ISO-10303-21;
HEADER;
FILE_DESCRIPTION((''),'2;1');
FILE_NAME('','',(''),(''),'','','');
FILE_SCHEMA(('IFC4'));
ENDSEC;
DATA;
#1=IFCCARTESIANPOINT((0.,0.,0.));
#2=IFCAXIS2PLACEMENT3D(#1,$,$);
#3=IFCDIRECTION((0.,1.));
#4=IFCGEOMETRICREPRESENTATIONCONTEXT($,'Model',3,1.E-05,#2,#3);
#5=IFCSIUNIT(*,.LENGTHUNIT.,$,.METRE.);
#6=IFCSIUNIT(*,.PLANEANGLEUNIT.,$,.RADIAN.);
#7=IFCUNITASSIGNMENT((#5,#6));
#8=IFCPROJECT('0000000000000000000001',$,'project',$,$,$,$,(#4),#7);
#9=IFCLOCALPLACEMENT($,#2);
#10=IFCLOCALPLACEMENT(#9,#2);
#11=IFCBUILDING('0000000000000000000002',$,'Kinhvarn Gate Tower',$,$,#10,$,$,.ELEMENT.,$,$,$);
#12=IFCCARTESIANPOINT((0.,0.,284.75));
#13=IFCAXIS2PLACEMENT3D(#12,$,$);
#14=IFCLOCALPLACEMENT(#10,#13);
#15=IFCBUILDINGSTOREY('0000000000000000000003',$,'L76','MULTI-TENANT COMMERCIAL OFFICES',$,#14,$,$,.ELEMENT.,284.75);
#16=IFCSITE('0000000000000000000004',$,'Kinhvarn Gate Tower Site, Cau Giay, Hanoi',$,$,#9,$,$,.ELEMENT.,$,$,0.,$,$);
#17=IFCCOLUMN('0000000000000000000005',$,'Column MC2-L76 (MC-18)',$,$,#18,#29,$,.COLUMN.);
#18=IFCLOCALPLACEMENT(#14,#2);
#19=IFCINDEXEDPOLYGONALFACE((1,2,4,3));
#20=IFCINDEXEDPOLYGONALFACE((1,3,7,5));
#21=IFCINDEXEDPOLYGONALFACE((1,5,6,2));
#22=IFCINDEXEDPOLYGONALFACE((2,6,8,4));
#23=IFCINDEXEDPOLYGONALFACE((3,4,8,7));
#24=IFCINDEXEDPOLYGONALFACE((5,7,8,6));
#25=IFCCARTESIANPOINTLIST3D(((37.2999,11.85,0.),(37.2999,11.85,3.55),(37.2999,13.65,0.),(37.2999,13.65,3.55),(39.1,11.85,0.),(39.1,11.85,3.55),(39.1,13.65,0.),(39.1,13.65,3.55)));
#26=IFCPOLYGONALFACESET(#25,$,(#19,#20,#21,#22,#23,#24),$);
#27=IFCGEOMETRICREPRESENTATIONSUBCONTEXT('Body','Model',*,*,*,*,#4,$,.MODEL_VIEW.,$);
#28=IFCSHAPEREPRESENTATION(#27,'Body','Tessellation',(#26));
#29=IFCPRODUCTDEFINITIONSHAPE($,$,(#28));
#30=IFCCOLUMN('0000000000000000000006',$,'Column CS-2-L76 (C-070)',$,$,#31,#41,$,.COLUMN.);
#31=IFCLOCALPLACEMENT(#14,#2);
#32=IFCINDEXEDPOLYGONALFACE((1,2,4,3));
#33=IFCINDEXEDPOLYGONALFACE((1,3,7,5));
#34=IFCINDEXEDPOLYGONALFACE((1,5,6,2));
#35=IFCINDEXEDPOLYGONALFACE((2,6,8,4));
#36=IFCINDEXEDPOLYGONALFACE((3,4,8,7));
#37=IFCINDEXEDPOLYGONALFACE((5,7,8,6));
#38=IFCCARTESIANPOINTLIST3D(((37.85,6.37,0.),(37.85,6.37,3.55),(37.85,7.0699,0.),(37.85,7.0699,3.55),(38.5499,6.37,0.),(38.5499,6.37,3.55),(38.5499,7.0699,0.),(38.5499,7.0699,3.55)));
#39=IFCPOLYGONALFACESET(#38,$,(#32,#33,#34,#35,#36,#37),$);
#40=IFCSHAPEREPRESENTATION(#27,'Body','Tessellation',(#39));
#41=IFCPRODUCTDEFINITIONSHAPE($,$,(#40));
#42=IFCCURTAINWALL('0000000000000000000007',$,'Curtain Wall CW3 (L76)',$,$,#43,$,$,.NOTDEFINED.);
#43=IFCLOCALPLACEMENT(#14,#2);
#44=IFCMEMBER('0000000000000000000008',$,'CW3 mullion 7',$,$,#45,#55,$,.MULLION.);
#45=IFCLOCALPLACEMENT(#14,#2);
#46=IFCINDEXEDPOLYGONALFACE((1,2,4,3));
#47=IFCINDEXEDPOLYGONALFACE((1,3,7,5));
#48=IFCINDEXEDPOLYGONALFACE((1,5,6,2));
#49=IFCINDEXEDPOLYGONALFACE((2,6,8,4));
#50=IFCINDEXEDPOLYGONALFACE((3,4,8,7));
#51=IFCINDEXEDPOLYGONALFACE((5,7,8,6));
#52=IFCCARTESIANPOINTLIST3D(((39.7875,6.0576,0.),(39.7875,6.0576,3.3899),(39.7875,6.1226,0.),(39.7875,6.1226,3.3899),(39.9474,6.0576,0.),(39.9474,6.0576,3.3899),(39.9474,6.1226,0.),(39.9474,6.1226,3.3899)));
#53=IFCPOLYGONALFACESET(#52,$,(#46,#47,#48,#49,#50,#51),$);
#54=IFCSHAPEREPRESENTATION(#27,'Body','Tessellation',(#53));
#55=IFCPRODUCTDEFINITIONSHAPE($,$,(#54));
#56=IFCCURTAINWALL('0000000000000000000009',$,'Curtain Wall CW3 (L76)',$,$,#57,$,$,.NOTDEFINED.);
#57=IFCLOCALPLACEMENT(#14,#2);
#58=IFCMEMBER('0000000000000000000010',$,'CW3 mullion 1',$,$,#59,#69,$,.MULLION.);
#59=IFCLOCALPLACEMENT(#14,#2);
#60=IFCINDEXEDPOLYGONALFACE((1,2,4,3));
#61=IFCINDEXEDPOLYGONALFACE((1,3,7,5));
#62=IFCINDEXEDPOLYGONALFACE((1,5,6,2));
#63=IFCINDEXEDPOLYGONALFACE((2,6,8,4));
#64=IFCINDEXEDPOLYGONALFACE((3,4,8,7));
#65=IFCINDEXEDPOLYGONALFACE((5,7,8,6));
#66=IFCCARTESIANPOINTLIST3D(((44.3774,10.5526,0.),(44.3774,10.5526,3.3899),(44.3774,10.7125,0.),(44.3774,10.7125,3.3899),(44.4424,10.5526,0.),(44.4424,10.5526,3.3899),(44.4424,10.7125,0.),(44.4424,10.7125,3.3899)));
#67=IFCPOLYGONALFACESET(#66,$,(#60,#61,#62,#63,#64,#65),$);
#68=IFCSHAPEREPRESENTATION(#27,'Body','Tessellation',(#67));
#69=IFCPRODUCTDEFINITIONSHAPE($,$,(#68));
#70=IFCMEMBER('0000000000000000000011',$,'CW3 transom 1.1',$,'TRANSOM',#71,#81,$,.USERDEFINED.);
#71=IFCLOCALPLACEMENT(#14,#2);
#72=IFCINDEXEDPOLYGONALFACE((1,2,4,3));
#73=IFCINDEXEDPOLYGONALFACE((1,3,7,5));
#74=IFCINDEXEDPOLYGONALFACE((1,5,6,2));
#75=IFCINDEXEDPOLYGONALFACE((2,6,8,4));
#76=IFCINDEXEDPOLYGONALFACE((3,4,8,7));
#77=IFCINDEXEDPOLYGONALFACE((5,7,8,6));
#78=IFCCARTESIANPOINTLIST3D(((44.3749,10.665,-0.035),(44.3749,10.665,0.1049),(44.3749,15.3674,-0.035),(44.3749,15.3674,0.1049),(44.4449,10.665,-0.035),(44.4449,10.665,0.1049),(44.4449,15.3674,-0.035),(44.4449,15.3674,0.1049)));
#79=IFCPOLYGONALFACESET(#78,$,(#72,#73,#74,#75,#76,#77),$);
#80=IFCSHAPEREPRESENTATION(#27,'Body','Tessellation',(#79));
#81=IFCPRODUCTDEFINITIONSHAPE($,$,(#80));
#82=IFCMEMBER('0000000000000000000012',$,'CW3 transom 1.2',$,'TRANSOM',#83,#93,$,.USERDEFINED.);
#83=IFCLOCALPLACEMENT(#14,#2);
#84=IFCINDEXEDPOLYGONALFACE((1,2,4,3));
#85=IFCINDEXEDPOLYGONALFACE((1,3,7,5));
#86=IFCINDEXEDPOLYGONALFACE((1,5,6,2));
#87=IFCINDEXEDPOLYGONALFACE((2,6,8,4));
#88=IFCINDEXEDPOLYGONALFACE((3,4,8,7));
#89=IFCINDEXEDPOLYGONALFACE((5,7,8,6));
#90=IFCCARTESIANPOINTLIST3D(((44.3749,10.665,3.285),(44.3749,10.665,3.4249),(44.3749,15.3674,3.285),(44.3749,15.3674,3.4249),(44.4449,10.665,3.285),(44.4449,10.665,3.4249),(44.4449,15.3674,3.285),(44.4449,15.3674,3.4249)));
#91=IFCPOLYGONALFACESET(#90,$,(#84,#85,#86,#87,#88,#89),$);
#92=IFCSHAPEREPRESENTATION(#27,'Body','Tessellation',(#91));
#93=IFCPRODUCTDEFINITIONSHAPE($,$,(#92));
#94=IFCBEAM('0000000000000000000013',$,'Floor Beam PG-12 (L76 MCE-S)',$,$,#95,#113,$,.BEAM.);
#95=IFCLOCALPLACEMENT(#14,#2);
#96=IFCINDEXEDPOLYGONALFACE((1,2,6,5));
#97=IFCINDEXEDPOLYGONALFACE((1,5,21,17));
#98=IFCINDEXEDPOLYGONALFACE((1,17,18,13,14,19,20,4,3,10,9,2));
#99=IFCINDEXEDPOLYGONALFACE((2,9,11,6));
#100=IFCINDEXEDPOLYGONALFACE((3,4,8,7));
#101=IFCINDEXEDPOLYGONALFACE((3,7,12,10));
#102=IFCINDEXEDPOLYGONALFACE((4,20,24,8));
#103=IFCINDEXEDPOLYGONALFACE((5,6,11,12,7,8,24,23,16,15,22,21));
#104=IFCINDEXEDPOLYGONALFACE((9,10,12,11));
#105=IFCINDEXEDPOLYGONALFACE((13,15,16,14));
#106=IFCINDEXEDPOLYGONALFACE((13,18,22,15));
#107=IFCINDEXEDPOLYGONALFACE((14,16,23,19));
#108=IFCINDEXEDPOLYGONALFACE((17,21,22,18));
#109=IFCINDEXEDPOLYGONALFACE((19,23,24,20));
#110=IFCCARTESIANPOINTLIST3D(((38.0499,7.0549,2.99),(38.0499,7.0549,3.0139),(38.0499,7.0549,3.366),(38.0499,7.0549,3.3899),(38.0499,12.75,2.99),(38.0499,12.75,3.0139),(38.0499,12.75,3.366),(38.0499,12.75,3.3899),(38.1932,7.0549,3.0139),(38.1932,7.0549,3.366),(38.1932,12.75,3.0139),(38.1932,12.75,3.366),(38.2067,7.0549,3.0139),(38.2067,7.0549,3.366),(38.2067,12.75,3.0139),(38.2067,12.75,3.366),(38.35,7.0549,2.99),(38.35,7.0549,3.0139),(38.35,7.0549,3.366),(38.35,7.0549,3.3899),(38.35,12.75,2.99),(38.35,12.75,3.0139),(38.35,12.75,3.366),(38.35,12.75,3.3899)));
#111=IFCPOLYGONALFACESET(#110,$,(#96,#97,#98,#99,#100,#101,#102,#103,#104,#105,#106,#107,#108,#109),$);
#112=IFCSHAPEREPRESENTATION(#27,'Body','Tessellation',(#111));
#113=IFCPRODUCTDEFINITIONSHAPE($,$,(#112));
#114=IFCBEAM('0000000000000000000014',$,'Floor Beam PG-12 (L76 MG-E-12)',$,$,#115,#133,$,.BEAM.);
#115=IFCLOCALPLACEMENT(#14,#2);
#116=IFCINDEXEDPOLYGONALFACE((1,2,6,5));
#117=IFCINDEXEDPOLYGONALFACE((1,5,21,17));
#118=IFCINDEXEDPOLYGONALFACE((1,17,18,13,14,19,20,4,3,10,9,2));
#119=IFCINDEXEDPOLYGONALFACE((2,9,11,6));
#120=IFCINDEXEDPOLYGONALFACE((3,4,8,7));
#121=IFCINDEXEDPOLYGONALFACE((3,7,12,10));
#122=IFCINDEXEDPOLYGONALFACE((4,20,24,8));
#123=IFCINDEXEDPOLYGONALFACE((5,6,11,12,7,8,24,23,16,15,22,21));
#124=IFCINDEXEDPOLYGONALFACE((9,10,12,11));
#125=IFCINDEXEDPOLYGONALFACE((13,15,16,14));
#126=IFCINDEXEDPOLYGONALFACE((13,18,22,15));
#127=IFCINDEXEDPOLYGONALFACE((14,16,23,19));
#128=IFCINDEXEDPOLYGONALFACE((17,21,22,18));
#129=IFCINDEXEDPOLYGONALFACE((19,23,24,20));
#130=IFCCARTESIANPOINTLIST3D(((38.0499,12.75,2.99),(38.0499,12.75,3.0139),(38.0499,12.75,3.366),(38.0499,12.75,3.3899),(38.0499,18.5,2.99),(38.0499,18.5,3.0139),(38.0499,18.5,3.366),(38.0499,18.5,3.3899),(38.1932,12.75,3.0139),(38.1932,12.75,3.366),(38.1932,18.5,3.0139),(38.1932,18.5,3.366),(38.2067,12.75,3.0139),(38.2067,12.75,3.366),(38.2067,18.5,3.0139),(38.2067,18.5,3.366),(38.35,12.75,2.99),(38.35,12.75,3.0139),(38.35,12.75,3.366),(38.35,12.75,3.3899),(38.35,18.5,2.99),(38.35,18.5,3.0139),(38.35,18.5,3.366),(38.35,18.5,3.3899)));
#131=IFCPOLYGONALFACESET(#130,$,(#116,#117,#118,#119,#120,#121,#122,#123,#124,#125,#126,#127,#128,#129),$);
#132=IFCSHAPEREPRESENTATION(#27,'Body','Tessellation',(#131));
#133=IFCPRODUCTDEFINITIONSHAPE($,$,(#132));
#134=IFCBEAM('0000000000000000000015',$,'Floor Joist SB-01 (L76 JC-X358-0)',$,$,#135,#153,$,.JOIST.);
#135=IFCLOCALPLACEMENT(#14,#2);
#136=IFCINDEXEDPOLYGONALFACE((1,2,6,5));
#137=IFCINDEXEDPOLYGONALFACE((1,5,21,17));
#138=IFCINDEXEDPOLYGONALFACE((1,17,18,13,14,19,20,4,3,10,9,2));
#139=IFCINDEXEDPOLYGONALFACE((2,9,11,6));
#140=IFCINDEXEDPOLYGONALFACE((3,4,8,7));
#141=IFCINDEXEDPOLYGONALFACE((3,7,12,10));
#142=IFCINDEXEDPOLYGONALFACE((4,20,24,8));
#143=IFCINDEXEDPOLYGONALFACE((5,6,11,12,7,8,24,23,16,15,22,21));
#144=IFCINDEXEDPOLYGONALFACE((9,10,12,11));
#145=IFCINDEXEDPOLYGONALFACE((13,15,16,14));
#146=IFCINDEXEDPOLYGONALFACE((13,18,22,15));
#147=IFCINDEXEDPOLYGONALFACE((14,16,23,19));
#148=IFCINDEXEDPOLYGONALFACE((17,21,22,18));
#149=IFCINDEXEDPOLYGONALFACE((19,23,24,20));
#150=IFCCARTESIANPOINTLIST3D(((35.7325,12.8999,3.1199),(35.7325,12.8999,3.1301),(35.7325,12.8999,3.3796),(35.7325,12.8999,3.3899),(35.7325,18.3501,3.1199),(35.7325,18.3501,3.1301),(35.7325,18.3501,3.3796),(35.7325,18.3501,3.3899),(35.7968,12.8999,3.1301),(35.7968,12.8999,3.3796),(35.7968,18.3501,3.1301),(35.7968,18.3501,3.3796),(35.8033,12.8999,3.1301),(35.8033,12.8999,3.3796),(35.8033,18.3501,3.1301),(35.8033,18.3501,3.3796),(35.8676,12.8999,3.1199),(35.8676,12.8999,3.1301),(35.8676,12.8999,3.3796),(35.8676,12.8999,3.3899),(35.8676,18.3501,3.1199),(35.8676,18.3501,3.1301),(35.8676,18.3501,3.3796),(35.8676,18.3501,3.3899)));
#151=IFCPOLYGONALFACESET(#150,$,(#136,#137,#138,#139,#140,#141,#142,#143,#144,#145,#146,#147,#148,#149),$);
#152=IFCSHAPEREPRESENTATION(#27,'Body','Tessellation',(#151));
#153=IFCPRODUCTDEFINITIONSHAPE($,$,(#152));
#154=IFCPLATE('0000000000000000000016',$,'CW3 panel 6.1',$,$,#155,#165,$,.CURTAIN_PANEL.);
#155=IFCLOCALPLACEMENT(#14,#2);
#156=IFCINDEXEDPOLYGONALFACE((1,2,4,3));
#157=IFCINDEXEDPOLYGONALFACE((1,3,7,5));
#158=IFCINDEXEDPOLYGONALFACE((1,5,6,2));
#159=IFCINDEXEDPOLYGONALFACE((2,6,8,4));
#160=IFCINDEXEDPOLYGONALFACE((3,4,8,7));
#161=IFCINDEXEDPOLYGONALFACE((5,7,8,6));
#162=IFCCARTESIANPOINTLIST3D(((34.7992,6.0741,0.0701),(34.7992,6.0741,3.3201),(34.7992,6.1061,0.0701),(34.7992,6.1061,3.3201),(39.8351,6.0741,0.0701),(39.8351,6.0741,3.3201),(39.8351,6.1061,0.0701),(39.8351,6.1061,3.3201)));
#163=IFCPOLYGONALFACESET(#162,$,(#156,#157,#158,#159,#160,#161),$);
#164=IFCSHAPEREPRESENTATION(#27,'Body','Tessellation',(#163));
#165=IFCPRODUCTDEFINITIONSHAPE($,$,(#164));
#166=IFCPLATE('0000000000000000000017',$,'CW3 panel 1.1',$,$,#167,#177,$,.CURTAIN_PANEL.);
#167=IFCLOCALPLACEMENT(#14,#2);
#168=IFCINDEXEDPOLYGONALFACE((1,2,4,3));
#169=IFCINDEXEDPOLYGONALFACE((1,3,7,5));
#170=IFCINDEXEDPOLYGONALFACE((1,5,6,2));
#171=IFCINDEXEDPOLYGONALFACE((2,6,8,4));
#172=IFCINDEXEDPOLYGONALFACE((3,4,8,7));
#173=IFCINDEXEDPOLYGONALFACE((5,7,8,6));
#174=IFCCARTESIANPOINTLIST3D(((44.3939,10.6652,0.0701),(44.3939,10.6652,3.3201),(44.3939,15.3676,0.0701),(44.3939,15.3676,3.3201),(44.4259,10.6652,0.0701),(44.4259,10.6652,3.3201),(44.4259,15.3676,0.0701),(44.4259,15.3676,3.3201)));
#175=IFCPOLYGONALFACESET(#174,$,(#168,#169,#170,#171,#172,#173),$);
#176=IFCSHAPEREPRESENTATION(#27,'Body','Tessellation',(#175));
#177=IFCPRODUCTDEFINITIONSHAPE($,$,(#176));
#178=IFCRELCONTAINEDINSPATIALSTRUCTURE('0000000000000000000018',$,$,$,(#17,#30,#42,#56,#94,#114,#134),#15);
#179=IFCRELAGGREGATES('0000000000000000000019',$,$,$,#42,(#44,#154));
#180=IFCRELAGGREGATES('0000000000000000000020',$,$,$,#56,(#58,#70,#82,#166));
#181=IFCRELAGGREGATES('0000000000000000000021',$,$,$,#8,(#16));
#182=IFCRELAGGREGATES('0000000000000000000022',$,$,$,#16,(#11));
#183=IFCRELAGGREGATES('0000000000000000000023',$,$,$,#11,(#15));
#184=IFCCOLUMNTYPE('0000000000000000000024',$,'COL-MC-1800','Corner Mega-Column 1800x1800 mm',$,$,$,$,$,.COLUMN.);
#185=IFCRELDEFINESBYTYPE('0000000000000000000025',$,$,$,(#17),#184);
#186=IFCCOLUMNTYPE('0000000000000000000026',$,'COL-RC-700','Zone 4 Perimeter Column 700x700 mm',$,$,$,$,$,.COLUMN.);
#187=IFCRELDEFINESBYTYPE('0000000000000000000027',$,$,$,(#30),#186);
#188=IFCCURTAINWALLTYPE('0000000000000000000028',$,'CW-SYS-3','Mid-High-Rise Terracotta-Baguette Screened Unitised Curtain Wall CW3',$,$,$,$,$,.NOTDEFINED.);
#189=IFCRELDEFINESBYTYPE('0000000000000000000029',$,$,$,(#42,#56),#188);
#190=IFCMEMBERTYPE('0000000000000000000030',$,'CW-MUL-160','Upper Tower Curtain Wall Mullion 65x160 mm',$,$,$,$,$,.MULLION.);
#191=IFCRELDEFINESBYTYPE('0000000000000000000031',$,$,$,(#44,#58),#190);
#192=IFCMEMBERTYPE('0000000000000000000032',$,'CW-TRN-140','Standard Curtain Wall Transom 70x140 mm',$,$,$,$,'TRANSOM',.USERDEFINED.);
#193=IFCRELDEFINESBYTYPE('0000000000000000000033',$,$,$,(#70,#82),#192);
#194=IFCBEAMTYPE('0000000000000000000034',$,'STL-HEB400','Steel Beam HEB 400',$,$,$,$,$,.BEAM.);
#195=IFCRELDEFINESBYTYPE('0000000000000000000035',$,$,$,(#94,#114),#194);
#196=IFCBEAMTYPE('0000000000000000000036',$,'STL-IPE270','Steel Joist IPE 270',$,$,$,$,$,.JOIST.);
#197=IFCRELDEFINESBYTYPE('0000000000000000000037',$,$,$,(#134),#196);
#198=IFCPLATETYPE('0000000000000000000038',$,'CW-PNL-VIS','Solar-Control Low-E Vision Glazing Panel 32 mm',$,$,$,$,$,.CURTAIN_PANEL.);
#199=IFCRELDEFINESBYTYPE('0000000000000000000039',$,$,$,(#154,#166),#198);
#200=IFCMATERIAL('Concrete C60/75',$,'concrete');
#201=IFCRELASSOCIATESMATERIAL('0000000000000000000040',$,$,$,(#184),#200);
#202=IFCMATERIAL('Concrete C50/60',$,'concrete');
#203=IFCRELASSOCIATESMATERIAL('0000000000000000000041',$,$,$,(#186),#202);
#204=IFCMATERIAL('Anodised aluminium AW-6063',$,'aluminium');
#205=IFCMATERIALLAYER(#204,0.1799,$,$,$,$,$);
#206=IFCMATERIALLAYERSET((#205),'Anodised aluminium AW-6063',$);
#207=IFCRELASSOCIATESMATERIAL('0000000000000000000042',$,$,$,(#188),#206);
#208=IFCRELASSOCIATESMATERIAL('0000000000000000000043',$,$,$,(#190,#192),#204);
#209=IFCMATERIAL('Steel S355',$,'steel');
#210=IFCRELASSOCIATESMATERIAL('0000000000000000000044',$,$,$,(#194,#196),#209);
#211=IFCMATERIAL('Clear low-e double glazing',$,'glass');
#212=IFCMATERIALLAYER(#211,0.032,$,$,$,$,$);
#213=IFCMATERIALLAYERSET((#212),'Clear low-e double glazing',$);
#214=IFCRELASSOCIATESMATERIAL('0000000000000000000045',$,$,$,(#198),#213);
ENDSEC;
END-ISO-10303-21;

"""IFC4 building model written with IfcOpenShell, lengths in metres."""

from ifc_helpers import new_model, si_unit, direction, frame, origin, origin_2d, place, context, subcontext, project, spatial, rectangle, i_section, extrude, material, layer, layer_set, material_profile, profile_set, type_object, element, aggregate, save


model = new_model("IFC4")

# Units and contexts
model_context = context("Model", 3, precision=1e-05, world=origin(), true_north=direction((0.0, 1.0)))
body_context = subcontext(model_context, "Body", "Model", "MODEL_VIEW")
ifc_project = project(units=[si_unit("LENGTHUNIT", "METRE"), si_unit("PLANEANGLEUNIT", "RADIAN")], contexts=[model_context])

# Site, building, storey
site_placement = place(None, origin())
site = spatial("IfcSite", under=ifc_project, at=site_placement, Name="Kinhvarn Gate Tower Site, Cau Giay, Hanoi", CompositionType="ELEMENT", RefElevation=0.0)
building_placement = place(site_placement, origin())
building = spatial("IfcBuilding", under=site, at=building_placement, Name="Kinhvarn Gate Tower", CompositionType="ELEMENT")
storey_placement = place(building_placement, frame((0.0, 0.0, 284.75)))
storey = spatial("IfcBuildingStorey", under=building, at=storey_placement, Name="L76", Description="MULTI-TENANT COMMERCIAL OFFICES", CompositionType="ELEMENT", Elevation=284.75)

# Columns
ifc_material_1 = material(Name="Concrete C60/75", Category="concrete")
ifc_material_profile_1 = material_profile(ifc_material_1, rectangle(XDim=1.8, YDim=1.8, at=origin_2d()), Name="RC 1800x1800")
ifc_profile_set_1 = profile_set([ifc_material_profile_1], Name="Concrete C60/75")
column_type_1 = type_object("IfcColumnType", Name="COL-MC-1800", Description="Corner Mega-Column 1800x1800 mm", PredefinedType="COLUMN", material=ifc_profile_set_1)
column_1_placement = place(storey_placement, frame((38.2, 12.75, 0.0), z_axis=(0.0, 0.0, 1.0), x_axis=(1.0, 0.0, 0.0)))
element("IfcColumn", 1, at=column_1_placement, inside=storey, type_object=column_type_1, Name="Column MC2-L76 (MC-18)", PredefinedType="COLUMN", context=body_context, shape_type="SweptSolid", body=[
    extrude(rectangle(XDim=1.8, YDim=1.8, at=origin_2d()), origin(), (0.0, 0.0, 1.0), 3.55),
])
ifc_material_2 = material(Name="Concrete C50/60", Category="concrete")
ifc_material_profile_2 = material_profile(ifc_material_2, rectangle(XDim=0.7, YDim=0.7, at=origin_2d()), Name="RC 700x700")
ifc_profile_set_2 = profile_set([ifc_material_profile_2], Name="Concrete C50/60")
column_type_2 = type_object("IfcColumnType", Name="COL-RC-700", Description="Zone 4 Perimeter Column 700x700 mm", PredefinedType="COLUMN", material=ifc_profile_set_2)
column_2_placement = place(storey_placement, frame((38.2, 6.72, 0.0), z_axis=(0.0, 0.0, 1.0), x_axis=(1.0, 0.0, 0.0)))
element("IfcColumn", 2, at=column_2_placement, inside=storey, type_object=column_type_2, Name="Column CS-2-L76 (C-070)", PredefinedType="COLUMN", context=body_context, shape_type="SweptSolid", body=[
    extrude(rectangle(XDim=0.7, YDim=0.7, at=origin_2d()), origin(), (0.0, 0.0, 1.0), 3.55),
])

# Curtain wall, member
ifc_material_3 = material(Name="Anodised aluminium AW-6063", Category="aluminium")
ifc_layer_1 = layer(ifc_material_3, 0.1799)
ifc_layer_set_1 = layer_set([ifc_layer_1], Name="Anodised aluminium AW-6063")
curtain_wall_type = type_object("IfcCurtainWallType", Name="CW-SYS-3", Description="Mid-High-Rise Terracotta-Baguette Screened Unitised Curtain Wall CW3", PredefinedType="NOTDEFINED", material=ifc_layer_set_1)
curtain_wall_1_placement = place(storey_placement, origin())
curtain_wall_1 = element("IfcCurtainWall", 3, at=curtain_wall_1_placement, inside=storey, type_object=curtain_wall_type, Name="Curtain Wall CW3 (L76)", PredefinedType="NOTDEFINED")
ifc_material_profile_3 = material_profile(ifc_material_3, rectangle(XDim=0.0649, YDim=0.1599, at=origin_2d()), Name="ALU 65x160")
ifc_profile_set_3 = profile_set([ifc_material_profile_3], Name="Anodised aluminium AW-6063")
member_type_1 = type_object("IfcMemberType", Name="CW-MUL-160", Description="Upper Tower Curtain Wall Mullion 65x160 mm", PredefinedType="MULLION", material=ifc_profile_set_3)
member_1_placement = place(storey_placement, frame((39.8674, 6.0901, 0.0), z_axis=(0.0, 0.0, 1.0), x_axis=(0.0, 1.0, 0.0)))
member_1 = element("IfcMember", 4, at=member_1_placement, type_object=member_type_1, Name="CW3 mullion 7", PredefinedType="MULLION", context=body_context, shape_type="SweptSolid", body=[
    extrude(rectangle(XDim=0.0649, YDim=0.1599, at=origin_2d()), origin(), (0.0, 0.0, 1.0), 3.3899),
])

# Curtain wall, members
curtain_wall_2_placement = place(storey_placement, origin())
curtain_wall_2 = element("IfcCurtainWall", 5, at=curtain_wall_2_placement, inside=storey, type_object=curtain_wall_type, Name="Curtain Wall CW3 (L76)", PredefinedType="NOTDEFINED")
member_2_placement = place(storey_placement, frame((44.4099, 10.6326, 0.0), z_axis=(0.0, 0.0, 1.0), x_axis=(-1.0, 0.0, 0.0)))
member_2 = element("IfcMember", 6, at=member_2_placement, type_object=member_type_1, Name="CW3 mullion 1", PredefinedType="MULLION", context=body_context, shape_type="SweptSolid", body=[
    extrude(rectangle(XDim=0.0649, YDim=0.1599, at=origin_2d()), origin(), (0.0, 0.0, 1.0), 3.3899),
])
ifc_material_profile_4 = material_profile(ifc_material_3, rectangle(XDim=0.0701, YDim=0.1399, at=origin_2d()), Name="ALU 70x140")
ifc_profile_set_4 = profile_set([ifc_material_profile_4], Name="Anodised aluminium AW-6063")
member_type_2 = type_object("IfcMemberType", Name="CW-TRN-140", Description="Standard Curtain Wall Transom 70x140 mm", ElementType="TRANSOM", PredefinedType="USERDEFINED", material=ifc_profile_set_4)
member_3_placement = place(storey_placement, frame((44.4099, 10.665, 0.0349), z_axis=(0.0, 1.0, 0.0), x_axis=(-1.0, 0.0, 0.0)))
member_3 = element("IfcMember", 7, at=member_3_placement, type_object=member_type_2, Name="CW3 transom 1.1", ObjectType="TRANSOM", PredefinedType="USERDEFINED", context=body_context, shape_type="SweptSolid", body=[
    extrude(rectangle(XDim=0.0701, YDim=0.1399, at=origin_2d()), origin(), (0.0, 0.0, 1.0), 4.7024),
])
member_4_placement = place(storey_placement, frame((44.4099, 10.665, 3.355), z_axis=(0.0, 1.0, 0.0), x_axis=(-1.0, 0.0, 0.0)))
member_4 = element("IfcMember", 8, at=member_4_placement, type_object=member_type_2, Name="CW3 transom 1.2", ObjectType="TRANSOM", PredefinedType="USERDEFINED", context=body_context, shape_type="SweptSolid", body=[
    extrude(rectangle(XDim=0.0701, YDim=0.1399, at=origin_2d()), origin(), (0.0, 0.0, 1.0), 4.7024),
])

# Beams
ifc_material_4 = material(Name="Steel S355", Category="steel")
ifc_material_profile_5 = material_profile(ifc_material_4, i_section(OverallWidth=0.3, OverallDepth=0.3999, WebThickness=0.0134, FlangeThickness=0.0239, at=origin_2d()), Name="HEB 400")
ifc_profile_set_5 = profile_set([ifc_material_profile_5], Name="Steel S355")
beam_type_1 = type_object("IfcBeamType", Name="STL-HEB400", Description="Steel Beam HEB 400", PredefinedType="BEAM", material=ifc_profile_set_5)
beam_1_placement = place(storey_placement, frame((38.2, 7.0549, 3.1899), z_axis=(0.0, 1.0, 0.0), x_axis=(-1.0, 0.0, 0.0)))
element("IfcBeam", 9, at=beam_1_placement, inside=storey, type_object=beam_type_1, Name="Floor Beam PG-12 (L76 MCE-S)", PredefinedType="BEAM", context=body_context, shape_type="SweptSolid", body=[
    extrude(i_section(OverallWidth=0.3, OverallDepth=0.3999, WebThickness=0.0134, FlangeThickness=0.0239, at=origin_2d()), origin(), (0.0, 0.0, 1.0), 5.6951),
])
beam_2_placement = place(storey_placement, frame((38.2, 12.75, 3.1899), z_axis=(0.0, 1.0, 0.0), x_axis=(-1.0, 0.0, 0.0)))
element("IfcBeam", 10, at=beam_2_placement, inside=storey, type_object=beam_type_1, Name="Floor Beam PG-12 (L76 MG-E-12)", PredefinedType="BEAM", context=body_context, shape_type="SweptSolid", body=[
    extrude(i_section(OverallWidth=0.3, OverallDepth=0.3999, WebThickness=0.0134, FlangeThickness=0.0239, at=origin_2d()), origin(), (0.0, 0.0, 1.0), 5.75),
])
ifc_material_profile_6 = material_profile(ifc_material_4, i_section(OverallWidth=0.135, OverallDepth=0.27, WebThickness=0.0066, FlangeThickness=0.0103, at=origin_2d()), Name="IPE 270")
ifc_profile_set_6 = profile_set([ifc_material_profile_6], Name="Steel S355")
beam_type_2 = type_object("IfcBeamType", Name="STL-IPE270", Description="Steel Joist IPE 270", PredefinedType="JOIST", material=ifc_profile_set_6)
beam_3_placement = place(storey_placement, frame((35.8, 12.8999, 3.2549), z_axis=(0.0, 1.0, 0.0), x_axis=(-1.0, 0.0, 0.0)))
element("IfcBeam", 11, at=beam_3_placement, inside=storey, type_object=beam_type_2, Name="Floor Joist SB-01 (L76 JC-X358-0)", PredefinedType="JOIST", context=body_context, shape_type="SweptSolid", body=[
    extrude(i_section(OverallWidth=0.135, OverallDepth=0.27, WebThickness=0.0066, FlangeThickness=0.0103, at=origin_2d()), origin(), (0.0, 0.0, 1.0), 5.4502),
])

# Plates
ifc_material_5 = material(Name="Clear low-e double glazing", Category="glass")
ifc_layer_2 = layer(ifc_material_5, 0.032)
ifc_layer_set_2 = layer_set([ifc_layer_2], Name="Clear low-e double glazing")
plate_type = type_object("IfcPlateType", Name="CW-PNL-VIS", Description="Solar-Control Low-E Vision Glazing Panel 32 mm", PredefinedType="CURTAIN_PANEL", material=ifc_layer_set_2)
plate_1_placement = place(storey_placement, frame((37.3171, 6.0901, 0.0701), z_axis=(0.0, 0.0, 1.0), x_axis=(1.0, 0.0, 0.0)))
plate_1 = element("IfcPlate", 12, at=plate_1_placement, type_object=plate_type, Name="CW3 panel 6.1", PredefinedType="CURTAIN_PANEL", context=body_context, shape_type="SweptSolid", body=[
    extrude(rectangle(XDim=5.0359, YDim=0.032, at=origin_2d()), origin(), (0.0, 0.0, 1.0), 3.25),
])
aggregate(curtain_wall_1, [member_1, plate_1])
plate_2_placement = place(storey_placement, frame((44.4099, 13.0164, 0.0701), z_axis=(0.0, 0.0, 1.0), x_axis=(0.0, 1.0, 0.0)))
plate_2 = element("IfcPlate", 13, at=plate_2_placement, type_object=plate_type, Name="CW3 panel 1.1", PredefinedType="CURTAIN_PANEL", context=body_context, shape_type="SweptSolid", body=[
    extrude(rectangle(XDim=4.7024, YDim=0.032, at=origin_2d()), origin(), (0.0, 0.0, 1.0), 3.25),
])
aggregate(curtain_wall_2, [member_2, member_3, member_4, plate_2])

save(model, "model.ifc")
